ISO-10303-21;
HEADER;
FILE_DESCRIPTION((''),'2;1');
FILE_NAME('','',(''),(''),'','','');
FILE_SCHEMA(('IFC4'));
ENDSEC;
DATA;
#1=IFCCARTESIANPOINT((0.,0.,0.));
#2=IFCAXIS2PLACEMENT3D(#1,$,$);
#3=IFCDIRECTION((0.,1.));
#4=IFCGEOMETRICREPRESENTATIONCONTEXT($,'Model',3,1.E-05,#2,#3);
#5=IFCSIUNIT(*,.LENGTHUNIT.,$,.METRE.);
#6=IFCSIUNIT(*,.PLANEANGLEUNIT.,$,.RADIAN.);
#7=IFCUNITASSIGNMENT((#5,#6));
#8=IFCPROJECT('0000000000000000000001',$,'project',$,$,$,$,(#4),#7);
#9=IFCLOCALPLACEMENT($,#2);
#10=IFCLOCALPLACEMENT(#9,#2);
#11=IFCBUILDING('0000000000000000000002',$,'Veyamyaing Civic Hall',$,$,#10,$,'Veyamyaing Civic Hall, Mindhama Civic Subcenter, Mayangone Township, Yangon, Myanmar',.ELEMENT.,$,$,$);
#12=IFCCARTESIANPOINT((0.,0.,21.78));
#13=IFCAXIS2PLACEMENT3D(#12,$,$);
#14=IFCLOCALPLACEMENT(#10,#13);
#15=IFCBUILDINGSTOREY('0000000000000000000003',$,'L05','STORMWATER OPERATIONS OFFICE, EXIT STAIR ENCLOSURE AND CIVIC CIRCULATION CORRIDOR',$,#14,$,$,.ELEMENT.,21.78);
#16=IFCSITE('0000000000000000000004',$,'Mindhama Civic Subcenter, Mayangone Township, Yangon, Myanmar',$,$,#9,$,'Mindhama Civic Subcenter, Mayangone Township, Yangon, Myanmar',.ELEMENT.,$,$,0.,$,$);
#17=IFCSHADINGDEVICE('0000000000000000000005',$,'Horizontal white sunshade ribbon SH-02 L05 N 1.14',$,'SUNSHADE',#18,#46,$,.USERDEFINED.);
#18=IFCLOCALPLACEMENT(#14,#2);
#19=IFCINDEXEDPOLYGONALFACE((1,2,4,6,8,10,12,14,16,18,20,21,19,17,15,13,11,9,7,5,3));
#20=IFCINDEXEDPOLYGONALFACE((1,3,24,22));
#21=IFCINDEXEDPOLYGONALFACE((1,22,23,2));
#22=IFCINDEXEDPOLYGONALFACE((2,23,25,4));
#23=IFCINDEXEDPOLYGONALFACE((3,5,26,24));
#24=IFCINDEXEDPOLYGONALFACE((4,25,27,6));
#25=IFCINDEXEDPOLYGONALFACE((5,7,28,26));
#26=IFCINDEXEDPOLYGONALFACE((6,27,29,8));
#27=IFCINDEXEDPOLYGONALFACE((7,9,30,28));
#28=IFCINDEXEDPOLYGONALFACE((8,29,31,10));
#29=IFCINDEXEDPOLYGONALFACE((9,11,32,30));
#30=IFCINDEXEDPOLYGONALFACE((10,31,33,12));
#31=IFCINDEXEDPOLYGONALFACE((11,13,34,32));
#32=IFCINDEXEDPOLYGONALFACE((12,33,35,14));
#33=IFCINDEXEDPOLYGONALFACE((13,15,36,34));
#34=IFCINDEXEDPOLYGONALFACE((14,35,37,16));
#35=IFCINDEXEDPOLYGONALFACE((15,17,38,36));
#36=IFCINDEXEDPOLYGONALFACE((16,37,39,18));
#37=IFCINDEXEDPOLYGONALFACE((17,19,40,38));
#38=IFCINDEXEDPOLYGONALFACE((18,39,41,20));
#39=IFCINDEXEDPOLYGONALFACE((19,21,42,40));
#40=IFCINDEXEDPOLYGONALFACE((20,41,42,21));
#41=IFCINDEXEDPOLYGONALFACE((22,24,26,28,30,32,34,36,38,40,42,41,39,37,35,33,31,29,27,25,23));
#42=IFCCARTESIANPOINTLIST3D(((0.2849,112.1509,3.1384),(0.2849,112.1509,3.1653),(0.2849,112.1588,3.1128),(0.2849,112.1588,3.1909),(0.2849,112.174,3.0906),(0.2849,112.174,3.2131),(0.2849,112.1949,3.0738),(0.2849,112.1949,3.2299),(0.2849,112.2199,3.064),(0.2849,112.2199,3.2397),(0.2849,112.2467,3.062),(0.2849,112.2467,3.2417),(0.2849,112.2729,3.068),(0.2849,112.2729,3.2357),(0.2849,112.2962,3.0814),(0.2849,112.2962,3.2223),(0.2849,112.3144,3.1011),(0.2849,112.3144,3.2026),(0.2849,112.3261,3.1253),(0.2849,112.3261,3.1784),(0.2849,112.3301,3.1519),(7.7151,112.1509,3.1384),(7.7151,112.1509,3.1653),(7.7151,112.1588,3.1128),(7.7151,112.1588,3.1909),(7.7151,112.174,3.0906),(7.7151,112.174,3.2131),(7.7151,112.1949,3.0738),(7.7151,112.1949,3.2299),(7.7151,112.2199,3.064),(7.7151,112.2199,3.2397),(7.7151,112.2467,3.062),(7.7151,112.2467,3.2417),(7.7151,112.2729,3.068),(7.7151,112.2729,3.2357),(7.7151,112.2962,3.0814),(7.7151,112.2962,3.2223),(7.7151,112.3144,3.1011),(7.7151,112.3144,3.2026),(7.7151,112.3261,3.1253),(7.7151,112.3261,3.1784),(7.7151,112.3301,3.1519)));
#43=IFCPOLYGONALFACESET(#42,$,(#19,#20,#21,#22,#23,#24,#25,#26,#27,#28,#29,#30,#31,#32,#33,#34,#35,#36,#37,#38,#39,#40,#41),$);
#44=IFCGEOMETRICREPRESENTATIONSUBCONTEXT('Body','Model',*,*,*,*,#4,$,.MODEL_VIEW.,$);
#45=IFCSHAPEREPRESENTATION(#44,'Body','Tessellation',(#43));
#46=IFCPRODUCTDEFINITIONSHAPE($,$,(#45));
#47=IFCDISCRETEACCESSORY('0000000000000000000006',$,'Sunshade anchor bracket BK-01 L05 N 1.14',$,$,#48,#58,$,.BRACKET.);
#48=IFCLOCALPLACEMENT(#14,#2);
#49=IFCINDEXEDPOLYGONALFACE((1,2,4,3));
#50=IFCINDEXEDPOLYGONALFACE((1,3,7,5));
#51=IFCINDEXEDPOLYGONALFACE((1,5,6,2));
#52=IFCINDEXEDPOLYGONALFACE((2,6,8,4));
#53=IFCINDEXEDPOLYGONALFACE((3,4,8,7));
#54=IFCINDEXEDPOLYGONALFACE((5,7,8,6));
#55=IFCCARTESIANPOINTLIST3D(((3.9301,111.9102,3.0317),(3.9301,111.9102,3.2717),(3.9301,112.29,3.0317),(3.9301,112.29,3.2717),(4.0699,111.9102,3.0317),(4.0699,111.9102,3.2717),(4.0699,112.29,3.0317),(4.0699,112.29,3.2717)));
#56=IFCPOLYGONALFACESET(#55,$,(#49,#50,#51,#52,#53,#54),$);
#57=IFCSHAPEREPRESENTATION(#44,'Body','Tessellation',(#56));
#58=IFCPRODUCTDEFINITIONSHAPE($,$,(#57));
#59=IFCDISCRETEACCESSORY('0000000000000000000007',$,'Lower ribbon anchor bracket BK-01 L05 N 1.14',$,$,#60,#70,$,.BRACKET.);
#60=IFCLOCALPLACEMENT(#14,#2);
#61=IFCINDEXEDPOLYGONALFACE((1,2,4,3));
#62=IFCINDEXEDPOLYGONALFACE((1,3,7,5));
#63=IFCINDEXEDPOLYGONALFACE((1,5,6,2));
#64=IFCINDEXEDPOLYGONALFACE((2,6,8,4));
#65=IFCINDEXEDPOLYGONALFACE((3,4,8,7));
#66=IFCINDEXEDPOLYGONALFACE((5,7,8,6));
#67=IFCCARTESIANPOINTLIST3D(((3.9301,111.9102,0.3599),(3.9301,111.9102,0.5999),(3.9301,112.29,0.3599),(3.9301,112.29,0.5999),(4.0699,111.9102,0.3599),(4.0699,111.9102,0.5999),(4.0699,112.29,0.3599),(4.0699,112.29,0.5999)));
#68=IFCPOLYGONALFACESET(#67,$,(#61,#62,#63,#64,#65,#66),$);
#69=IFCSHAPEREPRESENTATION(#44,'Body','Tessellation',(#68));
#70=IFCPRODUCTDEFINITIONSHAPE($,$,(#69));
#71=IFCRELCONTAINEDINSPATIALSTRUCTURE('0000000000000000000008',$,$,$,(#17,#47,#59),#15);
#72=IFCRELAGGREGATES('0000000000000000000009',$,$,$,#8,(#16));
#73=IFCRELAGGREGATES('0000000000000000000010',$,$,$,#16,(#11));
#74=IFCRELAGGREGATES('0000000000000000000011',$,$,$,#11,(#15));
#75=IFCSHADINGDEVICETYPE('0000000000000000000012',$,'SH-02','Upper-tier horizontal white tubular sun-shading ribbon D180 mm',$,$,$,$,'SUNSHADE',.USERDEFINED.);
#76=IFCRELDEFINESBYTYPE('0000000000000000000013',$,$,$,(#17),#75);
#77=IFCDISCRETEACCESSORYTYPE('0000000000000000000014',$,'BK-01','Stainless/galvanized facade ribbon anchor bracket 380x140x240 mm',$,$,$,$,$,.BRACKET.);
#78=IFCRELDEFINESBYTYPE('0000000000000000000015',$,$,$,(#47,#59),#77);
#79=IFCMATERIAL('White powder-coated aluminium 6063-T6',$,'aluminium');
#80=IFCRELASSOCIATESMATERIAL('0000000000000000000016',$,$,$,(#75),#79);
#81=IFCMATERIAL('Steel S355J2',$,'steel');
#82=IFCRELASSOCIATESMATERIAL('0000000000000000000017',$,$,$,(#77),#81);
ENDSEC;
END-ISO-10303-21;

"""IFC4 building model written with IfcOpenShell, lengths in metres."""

from ifc_helpers import new_model, si_unit, direction, frame, origin, origin_2d, place, context, subcontext, project, spatial, rectangle, circle, extrude, material, material_profile, profile_set, type_object, element, save


model = new_model("IFC4")

# Units and contexts
model_context = context("Model", 3, precision=1e-05, world=origin(), true_north=direction((0.0, 1.0)))
body_context = subcontext(model_context, "Body", "Model", "MODEL_VIEW")
ifc_project = project(units=[si_unit("LENGTHUNIT", "METRE"), si_unit("PLANEANGLEUNIT", "RADIAN")], contexts=[model_context])

# Site, building, storey
site_placement = place(None, origin())
site = spatial("IfcSite", under=ifc_project, at=site_placement, Name="Mindhama Civic Subcenter, Mayangone Township, Yangon, Myanmar", LongName="Mindhama Civic Subcenter, Mayangone Township, Yangon, Myanmar", CompositionType="ELEMENT", RefElevation=0.0)
building_placement = place(site_placement, origin())
building = spatial("IfcBuilding", under=site, at=building_placement, Name="Veyamyaing Civic Hall", LongName="Veyamyaing Civic Hall, Mindhama Civic Subcenter, Mayangone Township, Yangon, Myanmar", CompositionType="ELEMENT")
storey_placement = place(building_placement, frame((0.0, 0.0, 21.78)))
storey = spatial("IfcBuildingStorey", under=building, at=storey_placement, Name="L05", Description="STORMWATER OPERATIONS OFFICE, EXIT STAIR ENCLOSURE AND CIVIC CIRCULATION CORRIDOR", CompositionType="ELEMENT", Elevation=21.78)

# Shared definitions
ifc_material_1 = material(Name="Steel S355J2", Category="steel")

# Shared definitions
ifc_material_2 = material(Name="White powder-coated aluminium 6063-T6", Category="aluminium")

# Shading device
ifc_material_profile_1 = material_profile(ifc_material_2, circle(Radius=0.0901, at=origin_2d()), Name="SHADE-TUBE-180")
ifc_profile_set_1 = profile_set([ifc_material_profile_1], Name="White powder-coated aluminium 6063-T6")
shading_device_type = type_object("IfcShadingDeviceType", Name="SH-02", Description="Upper-tier horizontal white tubular sun-shading ribbon D180 mm", ElementType="SUNSHADE", PredefinedType="USERDEFINED", material=ifc_profile_set_1)
shading_device_placement = place(storey_placement, frame((0.2849, 112.24, 3.1519), z_axis=(1.0, 0.0, 0.0), x_axis=(0.0, 1.0, 0.0)))
element("IfcShadingDevice", 1, at=shading_device_placement, inside=storey, type_object=shading_device_type, Name="Horizontal white sunshade ribbon SH-02 L05 N 1.14", ObjectType="SUNSHADE", PredefinedType="USERDEFINED", context=body_context, shape_type="SweptSolid", body=[
    extrude(circle(Radius=0.0901, at=origin_2d()), origin(), (0.0, 0.0, 1.0), 7.4302),
])

# Discrete accessories
discrete_accessory_type = type_object("IfcDiscreteAccessoryType", Name="BK-01", Description="Stainless/galvanized facade ribbon anchor bracket 380x140x240 mm", PredefinedType="BRACKET", material=ifc_material_1)
for number, where, z_axis, x_axis, name in (
    (2, (4.0, 112.1001, 3.0317), (0.0, 0.0, 1.0), (0.0, 1.0, 0.0), "Sunshade anchor bracket BK-01 L05 N 1.14"),
    (3, (4.0, 112.1001, 0.3599), (0.0, 0.0, 1.0), (0.0, 1.0, 0.0), "Lower ribbon anchor bracket BK-01 L05 N 1.14"),
):
    element("IfcDiscreteAccessory", number, at=place(storey_placement, frame(where, z_axis=z_axis, x_axis=x_axis)), inside=storey, type_object=discrete_accessory_type, Name=name, PredefinedType="BRACKET", context=body_context, shape_type="SweptSolid", body=[
        extrude(rectangle(XDim=0.3799, YDim=0.1399, at=origin_2d()), origin(), (0.0, 0.0, 1.0), 0.24),
    ])

save(model, "model.ifc")
